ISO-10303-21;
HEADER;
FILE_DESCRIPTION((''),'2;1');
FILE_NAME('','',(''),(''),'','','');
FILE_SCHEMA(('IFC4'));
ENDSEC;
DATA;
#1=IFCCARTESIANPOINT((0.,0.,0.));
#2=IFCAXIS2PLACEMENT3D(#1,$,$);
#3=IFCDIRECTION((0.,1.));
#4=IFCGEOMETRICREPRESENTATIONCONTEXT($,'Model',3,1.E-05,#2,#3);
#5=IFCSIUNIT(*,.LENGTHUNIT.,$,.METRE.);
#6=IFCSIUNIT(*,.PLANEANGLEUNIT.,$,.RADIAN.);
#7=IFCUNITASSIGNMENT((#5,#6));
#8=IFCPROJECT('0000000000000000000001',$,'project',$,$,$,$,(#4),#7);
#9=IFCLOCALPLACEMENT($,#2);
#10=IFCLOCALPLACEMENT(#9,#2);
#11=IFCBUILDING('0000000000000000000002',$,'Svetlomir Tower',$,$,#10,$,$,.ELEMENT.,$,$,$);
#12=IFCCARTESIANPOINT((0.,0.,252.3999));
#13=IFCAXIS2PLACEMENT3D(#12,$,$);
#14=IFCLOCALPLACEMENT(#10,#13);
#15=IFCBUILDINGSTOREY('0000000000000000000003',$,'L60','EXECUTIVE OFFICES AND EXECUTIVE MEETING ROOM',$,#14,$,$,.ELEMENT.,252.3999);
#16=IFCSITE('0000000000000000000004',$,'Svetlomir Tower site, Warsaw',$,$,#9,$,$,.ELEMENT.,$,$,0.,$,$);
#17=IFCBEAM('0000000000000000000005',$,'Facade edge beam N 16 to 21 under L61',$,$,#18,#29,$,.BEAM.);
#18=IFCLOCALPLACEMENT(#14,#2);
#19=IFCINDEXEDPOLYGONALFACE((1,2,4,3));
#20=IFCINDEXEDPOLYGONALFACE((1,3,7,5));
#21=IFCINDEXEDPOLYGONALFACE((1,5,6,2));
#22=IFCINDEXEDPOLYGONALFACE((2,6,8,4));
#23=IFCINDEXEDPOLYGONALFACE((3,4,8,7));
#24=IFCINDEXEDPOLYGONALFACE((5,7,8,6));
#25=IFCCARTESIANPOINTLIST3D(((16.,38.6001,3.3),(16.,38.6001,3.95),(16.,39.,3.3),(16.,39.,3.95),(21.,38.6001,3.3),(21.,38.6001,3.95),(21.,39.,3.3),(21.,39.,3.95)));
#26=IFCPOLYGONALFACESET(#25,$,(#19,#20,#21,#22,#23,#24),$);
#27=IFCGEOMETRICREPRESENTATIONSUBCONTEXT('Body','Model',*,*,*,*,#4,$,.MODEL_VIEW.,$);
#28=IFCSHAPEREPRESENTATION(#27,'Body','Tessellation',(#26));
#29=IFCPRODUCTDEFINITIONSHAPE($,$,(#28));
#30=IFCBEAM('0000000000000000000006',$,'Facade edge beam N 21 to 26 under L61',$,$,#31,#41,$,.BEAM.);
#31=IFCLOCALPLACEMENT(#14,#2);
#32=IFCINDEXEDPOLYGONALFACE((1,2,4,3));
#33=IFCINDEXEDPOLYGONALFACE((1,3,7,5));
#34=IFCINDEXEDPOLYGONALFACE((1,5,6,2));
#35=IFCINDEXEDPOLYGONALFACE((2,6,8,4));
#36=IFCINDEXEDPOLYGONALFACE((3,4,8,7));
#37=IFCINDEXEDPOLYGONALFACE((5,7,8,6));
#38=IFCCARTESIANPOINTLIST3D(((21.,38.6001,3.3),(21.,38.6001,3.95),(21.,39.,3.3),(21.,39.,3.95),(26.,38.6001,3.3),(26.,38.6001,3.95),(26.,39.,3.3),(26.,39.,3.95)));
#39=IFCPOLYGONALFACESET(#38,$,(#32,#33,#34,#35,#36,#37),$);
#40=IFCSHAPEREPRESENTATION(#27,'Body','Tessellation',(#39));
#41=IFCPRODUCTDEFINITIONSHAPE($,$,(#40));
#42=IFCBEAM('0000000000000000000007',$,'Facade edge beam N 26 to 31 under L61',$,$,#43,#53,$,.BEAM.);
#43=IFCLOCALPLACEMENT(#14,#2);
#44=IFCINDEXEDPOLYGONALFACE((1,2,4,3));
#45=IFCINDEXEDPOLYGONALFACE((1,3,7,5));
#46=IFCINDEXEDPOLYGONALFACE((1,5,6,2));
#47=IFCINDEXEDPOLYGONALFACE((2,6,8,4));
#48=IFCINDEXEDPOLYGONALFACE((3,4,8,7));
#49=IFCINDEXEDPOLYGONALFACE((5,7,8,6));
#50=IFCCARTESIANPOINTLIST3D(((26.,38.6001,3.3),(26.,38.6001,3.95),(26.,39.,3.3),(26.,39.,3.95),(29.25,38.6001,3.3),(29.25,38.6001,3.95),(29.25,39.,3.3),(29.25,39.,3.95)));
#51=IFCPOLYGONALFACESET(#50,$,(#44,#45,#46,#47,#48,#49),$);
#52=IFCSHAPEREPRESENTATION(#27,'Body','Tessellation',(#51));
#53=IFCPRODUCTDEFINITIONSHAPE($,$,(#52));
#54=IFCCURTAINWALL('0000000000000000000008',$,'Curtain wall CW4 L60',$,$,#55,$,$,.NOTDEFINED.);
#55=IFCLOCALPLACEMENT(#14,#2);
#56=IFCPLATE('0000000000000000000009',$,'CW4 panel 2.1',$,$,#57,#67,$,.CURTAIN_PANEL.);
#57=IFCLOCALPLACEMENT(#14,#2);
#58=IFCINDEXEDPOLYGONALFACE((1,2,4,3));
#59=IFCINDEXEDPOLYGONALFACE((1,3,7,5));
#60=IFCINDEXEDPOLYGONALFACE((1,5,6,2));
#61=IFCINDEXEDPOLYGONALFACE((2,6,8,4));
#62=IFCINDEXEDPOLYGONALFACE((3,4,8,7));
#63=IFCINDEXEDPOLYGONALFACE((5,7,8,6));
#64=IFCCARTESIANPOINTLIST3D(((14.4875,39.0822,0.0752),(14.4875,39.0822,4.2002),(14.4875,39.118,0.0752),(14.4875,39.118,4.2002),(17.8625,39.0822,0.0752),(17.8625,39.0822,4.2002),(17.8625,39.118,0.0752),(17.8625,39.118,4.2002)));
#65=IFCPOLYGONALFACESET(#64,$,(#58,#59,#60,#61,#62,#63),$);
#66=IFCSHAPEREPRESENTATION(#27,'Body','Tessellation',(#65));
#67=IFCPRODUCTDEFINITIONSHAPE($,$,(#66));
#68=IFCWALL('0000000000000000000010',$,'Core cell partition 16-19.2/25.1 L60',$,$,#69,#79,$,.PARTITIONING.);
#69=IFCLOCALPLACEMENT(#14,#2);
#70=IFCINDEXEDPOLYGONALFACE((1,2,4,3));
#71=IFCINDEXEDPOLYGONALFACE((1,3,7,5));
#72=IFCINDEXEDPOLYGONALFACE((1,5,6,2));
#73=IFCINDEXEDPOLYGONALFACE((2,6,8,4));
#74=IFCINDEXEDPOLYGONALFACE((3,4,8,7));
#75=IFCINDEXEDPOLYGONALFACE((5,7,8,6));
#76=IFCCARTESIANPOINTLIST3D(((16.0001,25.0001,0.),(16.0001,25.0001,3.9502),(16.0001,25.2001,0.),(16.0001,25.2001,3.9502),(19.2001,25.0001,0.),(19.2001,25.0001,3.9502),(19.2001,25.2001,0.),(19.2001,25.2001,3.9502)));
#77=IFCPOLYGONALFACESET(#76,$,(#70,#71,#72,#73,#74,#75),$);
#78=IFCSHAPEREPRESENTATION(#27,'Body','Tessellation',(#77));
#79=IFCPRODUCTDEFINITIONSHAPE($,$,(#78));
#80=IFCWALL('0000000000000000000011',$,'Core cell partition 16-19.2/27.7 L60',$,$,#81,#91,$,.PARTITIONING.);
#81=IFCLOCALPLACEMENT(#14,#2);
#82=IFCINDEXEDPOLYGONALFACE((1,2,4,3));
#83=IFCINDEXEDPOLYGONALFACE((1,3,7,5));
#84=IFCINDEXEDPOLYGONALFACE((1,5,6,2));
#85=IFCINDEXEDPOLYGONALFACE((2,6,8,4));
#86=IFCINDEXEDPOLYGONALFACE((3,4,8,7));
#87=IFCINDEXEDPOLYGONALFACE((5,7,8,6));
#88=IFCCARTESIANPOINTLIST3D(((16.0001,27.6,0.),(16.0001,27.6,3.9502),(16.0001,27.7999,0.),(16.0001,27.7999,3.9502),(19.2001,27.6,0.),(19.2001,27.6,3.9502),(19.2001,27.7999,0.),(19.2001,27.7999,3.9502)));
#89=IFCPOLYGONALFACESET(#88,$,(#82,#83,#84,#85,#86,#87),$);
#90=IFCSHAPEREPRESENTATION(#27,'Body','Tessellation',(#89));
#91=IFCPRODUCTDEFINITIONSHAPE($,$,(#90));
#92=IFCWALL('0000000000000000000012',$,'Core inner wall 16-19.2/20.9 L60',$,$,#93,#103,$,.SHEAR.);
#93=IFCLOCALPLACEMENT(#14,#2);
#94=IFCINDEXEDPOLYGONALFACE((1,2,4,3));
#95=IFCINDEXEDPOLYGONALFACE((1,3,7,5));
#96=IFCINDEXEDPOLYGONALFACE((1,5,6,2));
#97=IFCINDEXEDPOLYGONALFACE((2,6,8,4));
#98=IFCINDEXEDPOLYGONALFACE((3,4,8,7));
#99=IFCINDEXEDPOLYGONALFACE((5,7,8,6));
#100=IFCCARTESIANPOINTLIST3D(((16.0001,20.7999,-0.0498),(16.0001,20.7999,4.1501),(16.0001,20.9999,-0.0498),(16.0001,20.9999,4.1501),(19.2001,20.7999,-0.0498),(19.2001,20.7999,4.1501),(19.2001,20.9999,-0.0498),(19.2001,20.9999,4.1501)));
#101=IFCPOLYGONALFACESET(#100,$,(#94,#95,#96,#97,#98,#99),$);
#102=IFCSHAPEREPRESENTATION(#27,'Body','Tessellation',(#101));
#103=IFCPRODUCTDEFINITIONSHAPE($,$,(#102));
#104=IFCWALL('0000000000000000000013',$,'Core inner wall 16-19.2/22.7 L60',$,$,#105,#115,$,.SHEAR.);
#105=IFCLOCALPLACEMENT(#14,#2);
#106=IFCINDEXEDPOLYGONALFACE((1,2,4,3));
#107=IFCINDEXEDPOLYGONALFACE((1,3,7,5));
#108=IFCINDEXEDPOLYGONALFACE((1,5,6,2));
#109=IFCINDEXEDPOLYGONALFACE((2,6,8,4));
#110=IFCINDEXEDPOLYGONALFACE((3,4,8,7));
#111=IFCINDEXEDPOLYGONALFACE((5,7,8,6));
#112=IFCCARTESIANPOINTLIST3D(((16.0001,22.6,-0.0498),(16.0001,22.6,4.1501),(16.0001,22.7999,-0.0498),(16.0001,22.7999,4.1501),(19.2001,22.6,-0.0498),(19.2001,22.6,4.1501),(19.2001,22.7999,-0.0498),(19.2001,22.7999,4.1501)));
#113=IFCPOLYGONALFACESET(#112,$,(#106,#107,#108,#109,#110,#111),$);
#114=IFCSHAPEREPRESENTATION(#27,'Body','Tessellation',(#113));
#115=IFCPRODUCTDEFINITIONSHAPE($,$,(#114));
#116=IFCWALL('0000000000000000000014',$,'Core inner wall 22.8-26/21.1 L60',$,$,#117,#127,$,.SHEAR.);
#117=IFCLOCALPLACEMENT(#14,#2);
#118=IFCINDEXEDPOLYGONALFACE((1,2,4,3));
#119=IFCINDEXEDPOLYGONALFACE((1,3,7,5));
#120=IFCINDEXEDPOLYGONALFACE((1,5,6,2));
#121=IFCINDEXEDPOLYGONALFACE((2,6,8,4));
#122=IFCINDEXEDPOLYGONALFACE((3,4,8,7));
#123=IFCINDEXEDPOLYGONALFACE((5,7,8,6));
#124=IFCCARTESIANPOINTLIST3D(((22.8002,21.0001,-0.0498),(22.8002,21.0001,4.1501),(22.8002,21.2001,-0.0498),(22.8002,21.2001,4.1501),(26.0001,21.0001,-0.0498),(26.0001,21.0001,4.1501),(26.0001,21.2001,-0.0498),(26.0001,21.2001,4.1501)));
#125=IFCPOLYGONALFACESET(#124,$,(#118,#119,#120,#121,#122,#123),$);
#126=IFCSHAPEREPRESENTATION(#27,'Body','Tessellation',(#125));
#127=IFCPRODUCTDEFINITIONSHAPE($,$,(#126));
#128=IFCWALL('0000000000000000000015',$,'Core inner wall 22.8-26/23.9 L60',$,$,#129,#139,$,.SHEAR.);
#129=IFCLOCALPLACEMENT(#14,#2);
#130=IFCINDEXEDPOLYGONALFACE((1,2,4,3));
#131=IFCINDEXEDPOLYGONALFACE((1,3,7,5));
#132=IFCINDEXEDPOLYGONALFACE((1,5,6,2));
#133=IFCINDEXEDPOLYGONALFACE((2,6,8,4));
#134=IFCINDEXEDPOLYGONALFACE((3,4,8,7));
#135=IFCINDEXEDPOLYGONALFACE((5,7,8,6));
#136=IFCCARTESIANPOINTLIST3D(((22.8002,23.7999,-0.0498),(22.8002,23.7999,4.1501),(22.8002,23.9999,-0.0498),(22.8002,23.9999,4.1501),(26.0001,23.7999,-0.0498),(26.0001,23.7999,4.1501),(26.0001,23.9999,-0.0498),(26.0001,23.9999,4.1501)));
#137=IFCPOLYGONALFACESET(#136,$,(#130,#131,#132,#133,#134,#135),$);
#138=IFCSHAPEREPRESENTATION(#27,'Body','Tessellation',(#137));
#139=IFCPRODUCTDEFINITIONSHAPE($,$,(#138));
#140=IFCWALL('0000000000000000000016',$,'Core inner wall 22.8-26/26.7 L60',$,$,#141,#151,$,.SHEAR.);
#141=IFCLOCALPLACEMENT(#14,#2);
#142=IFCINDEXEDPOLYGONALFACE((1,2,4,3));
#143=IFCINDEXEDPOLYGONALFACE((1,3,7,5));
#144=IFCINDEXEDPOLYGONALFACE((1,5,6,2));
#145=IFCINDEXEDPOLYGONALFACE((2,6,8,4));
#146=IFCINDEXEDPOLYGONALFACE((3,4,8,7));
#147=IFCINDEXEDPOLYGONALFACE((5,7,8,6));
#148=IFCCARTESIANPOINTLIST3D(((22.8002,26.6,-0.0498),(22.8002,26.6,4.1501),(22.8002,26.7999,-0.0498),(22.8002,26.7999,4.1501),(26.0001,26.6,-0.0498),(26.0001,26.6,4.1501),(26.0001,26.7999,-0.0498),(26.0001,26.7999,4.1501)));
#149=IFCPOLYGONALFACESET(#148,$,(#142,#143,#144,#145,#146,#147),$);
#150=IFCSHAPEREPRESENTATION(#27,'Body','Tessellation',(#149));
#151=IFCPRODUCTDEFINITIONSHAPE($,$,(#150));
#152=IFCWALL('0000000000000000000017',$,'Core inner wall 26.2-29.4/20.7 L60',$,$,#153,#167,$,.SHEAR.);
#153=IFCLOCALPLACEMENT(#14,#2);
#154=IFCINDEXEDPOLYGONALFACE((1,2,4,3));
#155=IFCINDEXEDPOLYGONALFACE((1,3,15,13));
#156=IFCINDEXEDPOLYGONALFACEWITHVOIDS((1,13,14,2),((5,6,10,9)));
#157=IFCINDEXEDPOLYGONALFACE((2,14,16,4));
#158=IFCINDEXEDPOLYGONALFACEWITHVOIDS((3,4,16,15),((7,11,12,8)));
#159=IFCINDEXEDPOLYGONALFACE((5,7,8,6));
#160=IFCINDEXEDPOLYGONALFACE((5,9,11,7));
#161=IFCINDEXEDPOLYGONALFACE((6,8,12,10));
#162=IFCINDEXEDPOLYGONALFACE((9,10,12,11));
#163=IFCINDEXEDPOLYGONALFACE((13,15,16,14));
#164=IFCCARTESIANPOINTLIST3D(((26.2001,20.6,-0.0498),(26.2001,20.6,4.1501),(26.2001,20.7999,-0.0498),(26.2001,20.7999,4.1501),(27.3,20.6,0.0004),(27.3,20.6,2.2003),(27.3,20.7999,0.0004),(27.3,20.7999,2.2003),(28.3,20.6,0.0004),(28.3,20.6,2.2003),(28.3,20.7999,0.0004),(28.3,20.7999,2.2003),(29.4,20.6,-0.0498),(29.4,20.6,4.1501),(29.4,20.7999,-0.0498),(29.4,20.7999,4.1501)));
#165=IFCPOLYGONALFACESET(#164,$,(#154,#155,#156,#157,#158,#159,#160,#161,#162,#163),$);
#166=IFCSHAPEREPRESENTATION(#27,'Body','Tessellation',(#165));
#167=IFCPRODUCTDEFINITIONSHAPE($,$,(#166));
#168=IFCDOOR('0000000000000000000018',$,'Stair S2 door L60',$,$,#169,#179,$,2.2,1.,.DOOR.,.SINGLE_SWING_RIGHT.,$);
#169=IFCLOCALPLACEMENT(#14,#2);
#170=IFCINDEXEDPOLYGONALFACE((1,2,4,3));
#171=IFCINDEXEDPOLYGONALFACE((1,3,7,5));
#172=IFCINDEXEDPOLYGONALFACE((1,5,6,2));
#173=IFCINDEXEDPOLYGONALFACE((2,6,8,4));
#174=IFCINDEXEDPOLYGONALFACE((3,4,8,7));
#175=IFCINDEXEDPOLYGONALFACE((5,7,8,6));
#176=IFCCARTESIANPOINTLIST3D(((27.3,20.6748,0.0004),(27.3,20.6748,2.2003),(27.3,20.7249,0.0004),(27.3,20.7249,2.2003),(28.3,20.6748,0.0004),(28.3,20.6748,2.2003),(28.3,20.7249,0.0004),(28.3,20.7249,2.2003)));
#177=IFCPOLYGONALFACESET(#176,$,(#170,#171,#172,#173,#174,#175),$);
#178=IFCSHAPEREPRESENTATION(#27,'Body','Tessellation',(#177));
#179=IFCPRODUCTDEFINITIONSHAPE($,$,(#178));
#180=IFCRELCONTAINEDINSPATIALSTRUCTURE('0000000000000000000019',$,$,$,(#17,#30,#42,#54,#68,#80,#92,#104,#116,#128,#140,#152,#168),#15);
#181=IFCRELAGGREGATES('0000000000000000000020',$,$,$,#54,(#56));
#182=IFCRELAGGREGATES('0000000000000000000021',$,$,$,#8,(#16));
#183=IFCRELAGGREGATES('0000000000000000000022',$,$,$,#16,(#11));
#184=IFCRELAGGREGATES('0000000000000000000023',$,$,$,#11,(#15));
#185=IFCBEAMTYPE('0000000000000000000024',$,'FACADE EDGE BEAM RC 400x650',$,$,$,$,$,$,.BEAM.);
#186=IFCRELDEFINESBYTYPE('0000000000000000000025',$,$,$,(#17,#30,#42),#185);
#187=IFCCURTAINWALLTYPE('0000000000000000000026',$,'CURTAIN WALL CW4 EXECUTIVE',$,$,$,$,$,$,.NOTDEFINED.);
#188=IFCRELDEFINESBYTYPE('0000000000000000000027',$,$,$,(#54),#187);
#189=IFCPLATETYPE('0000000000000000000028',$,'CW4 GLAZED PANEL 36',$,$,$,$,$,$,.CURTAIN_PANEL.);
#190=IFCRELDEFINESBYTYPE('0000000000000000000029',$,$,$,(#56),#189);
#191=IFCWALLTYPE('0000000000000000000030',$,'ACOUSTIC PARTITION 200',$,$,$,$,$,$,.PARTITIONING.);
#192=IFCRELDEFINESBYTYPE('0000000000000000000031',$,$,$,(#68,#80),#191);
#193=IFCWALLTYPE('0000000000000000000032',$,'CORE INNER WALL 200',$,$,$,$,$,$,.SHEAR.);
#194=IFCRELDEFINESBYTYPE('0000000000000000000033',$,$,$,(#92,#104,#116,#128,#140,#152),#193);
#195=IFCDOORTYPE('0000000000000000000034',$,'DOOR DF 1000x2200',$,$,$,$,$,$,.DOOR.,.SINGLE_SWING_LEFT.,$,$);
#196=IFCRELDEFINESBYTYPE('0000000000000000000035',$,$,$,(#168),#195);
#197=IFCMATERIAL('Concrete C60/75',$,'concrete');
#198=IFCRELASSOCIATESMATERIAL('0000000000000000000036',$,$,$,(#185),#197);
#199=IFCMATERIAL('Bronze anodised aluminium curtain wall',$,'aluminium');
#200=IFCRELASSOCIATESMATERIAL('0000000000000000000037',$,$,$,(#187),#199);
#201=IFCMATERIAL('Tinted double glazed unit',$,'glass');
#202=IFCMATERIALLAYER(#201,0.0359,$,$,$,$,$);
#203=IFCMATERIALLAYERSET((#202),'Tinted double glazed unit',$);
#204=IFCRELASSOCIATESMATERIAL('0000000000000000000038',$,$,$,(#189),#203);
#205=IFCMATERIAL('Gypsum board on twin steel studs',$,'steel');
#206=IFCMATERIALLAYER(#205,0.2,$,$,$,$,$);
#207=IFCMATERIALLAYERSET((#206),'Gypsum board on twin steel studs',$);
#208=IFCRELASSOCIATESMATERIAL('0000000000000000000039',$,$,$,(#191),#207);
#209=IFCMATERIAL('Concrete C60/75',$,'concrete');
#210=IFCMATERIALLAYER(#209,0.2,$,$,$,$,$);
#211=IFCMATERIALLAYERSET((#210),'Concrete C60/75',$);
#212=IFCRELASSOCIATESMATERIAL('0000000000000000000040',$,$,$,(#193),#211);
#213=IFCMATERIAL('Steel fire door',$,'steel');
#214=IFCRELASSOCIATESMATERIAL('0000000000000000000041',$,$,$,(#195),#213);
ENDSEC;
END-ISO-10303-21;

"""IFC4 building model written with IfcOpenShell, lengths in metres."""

from ifc_helpers import new_model, si_unit, direction, frame, frame_2d, origin, origin_2d, place, context, subcontext, project, spatial, rectangle, extrude, material, layer, layer_set, material_profile, profile_set, type_object, element, fill, aggregate, save


model = new_model("IFC4")

# Units and contexts
model_context = context("Model", 3, precision=1e-05, world=origin(), true_north=direction((0.0, 1.0)))
body_context = subcontext(model_context, "Body", "Model", "MODEL_VIEW")
ifc_project = project(units=[si_unit("LENGTHUNIT", "METRE"), si_unit("PLANEANGLEUNIT", "RADIAN")], contexts=[model_context])

# Site, building, storey
site_placement = place(None, origin())
site = spatial("IfcSite", under=ifc_project, at=site_placement, Name="Svetlomir Tower site, Warsaw", CompositionType="ELEMENT", RefElevation=0.0)
building_placement = place(site_placement, origin())
building = spatial("IfcBuilding", under=site, at=building_placement, Name="Svetlomir Tower", CompositionType="ELEMENT")
storey_placement = place(building_placement, frame((0.0, 0.0, 252.3999)))
storey = spatial("IfcBuildingStorey", under=building, at=storey_placement, Name="L60", Description="EXECUTIVE OFFICES AND EXECUTIVE MEETING ROOM", CompositionType="ELEMENT", Elevation=252.3999)

# Beams
ifc_material_1 = material(Name="Concrete C60/75", Category="concrete")
ifc_material_profile = material_profile(ifc_material_1, rectangle(XDim=0.3999, YDim=0.6499, at=origin_2d()), Name="RC 400x650")
ifc_profile_set = profile_set([ifc_material_profile], Name="Concrete C60/75")
beam_type = type_object("IfcBeamType", Name="FACADE EDGE BEAM RC 400x650", PredefinedType="BEAM", material=ifc_profile_set)
for number, where, z_axis, x_axis, name in (
    (1, (16.0, 38.8, 3.625), (1.0, 0.0, 0.0), (0.0, 1.0, 0.0), "Facade edge beam N 16 to 21 under L61"),
    (2, (21.0, 38.8, 3.625), (1.0, 0.0, 0.0), (0.0, 1.0, 0.0), "Facade edge beam N 21 to 26 under L61"),
):
    element("IfcBeam", number, at=place(storey_placement, frame(where, z_axis=z_axis, x_axis=x_axis)), inside=storey, type_object=beam_type, Name=name, PredefinedType="BEAM", context=body_context, shape_type="SweptSolid", body=[
        extrude(rectangle(XDim=0.3999, YDim=0.6499, at=origin_2d()), origin(), (0.0, 0.0, 1.0), 5.0),
    ])
beam_placement = place(storey_placement, frame((26.0, 38.8, 3.625), z_axis=(1.0, 0.0, 0.0), x_axis=(0.0, 1.0, 0.0)))
element("IfcBeam", 3, at=beam_placement, inside=storey, type_object=beam_type, Name="Facade edge beam N 26 to 31 under L61", PredefinedType="BEAM", context=body_context, shape_type="SweptSolid", body=[
    extrude(rectangle(XDim=0.3999, YDim=0.6499, at=origin_2d()), origin(), (0.0, 0.0, 1.0), 3.25),
])

# Curtain wall, plate
ifc_material_2 = material(Name="Bronze anodised aluminium curtain wall", Category="aluminium")
curtain_wall_type = type_object("IfcCurtainWallType", Name="CURTAIN WALL CW4 EXECUTIVE", PredefinedType="NOTDEFINED", material=ifc_material_2)
curtain_wall_placement = place(storey_placement, origin())
curtain_wall = element("IfcCurtainWall", 4, at=curtain_wall_placement, inside=storey, type_object=curtain_wall_type, Name="Curtain wall CW4 L60", PredefinedType="NOTDEFINED")
ifc_material_3 = material(Name="Tinted double glazed unit", Category="glass")
ifc_layer_1 = layer(ifc_material_3, 0.0359)
ifc_layer_set_1 = layer_set([ifc_layer_1], Name="Tinted double glazed unit")
plate_type = type_object("IfcPlateType", Name="CW4 GLAZED PANEL 36", PredefinedType="CURTAIN_PANEL", material=ifc_layer_set_1)
plate_placement = place(storey_placement, frame((16.175, 39.1001, 0.0752), z_axis=(0.0, 0.0, 1.0), x_axis=(-1.0, 0.0, 0.0)))
plate = element("IfcPlate", 5, at=plate_placement, type_object=plate_type, Name="CW4 panel 2.1", PredefinedType="CURTAIN_PANEL", context=body_context, shape_type="SweptSolid", body=[
    extrude(rectangle(XDim=3.375, YDim=0.0359, at=origin_2d()), origin(), (0.0, 0.0, 1.0), 4.125),
])
aggregate(curtain_wall, [plate])

# Walls
ifc_material_4 = material(Name="Gypsum board on twin steel studs", Category="steel")
ifc_layer_2 = layer(ifc_material_4, 0.2)
ifc_layer_set_2 = layer_set([ifc_layer_2], Name="Gypsum board on twin steel studs")
wall_type_1 = type_object("IfcWallType", Name="ACOUSTIC PARTITION 200", PredefinedType="PARTITIONING", material=ifc_layer_set_2)
for number, where, z_axis, x_axis, name in (
    (6, (16.0, 25.1001, 0.0), (0.0, 0.0, 1.0), (1.0, 0.0, 0.0), "Core cell partition 16-19.2/25.1 L60"),
    (7, (16.0, 27.7, 0.0), (0.0, 0.0, 1.0), (1.0, 0.0, 0.0), "Core cell partition 16-19.2/27.7 L60"),
):
    element("IfcWall", number, at=place(storey_placement, frame(where, z_axis=z_axis, x_axis=x_axis)), inside=storey, type_object=wall_type_1, Name=name, PredefinedType="PARTITIONING", context=body_context, shape_type="SweptSolid", body=[
        extrude(rectangle(XDim=3.2, YDim=0.2, at=frame_2d((1.6001, 0.0))), origin(), (0.0, 0.0, 1.0), 3.9502),
    ])
ifc_material_5 = material(Name="Concrete C60/75", Category="concrete")
ifc_layer_3 = layer(ifc_material_5, 0.2)
ifc_layer_set_3 = layer_set([ifc_layer_3], Name="Concrete C60/75")
wall_type_2 = type_object("IfcWallType", Name="CORE INNER WALL 200", PredefinedType="SHEAR", material=ifc_layer_set_3)
for number, where, z_axis, x_axis, name in (
    (8, (16.0, 20.8999, -0.0498), (0.0, 0.0, 1.0), (1.0, 0.0, 0.0), "Core inner wall 16-19.2/20.9 L60"),
    (9, (16.0, 22.7, -0.0498), (0.0, 0.0, 1.0), (1.0, 0.0, 0.0), "Core inner wall 16-19.2/22.7 L60"),
    (10, (22.8, 21.1001, -0.0498), (0.0, 0.0, 1.0), (1.0, 0.0, 0.0), "Core inner wall 22.8-26/21.1 L60"),
    (11, (22.8, 23.8999, -0.0498), (0.0, 0.0, 1.0), (1.0, 0.0, 0.0), "Core inner wall 22.8-26/23.9 L60"),
    (12, (22.8, 26.7, -0.0498), (0.0, 0.0, 1.0), (1.0, 0.0, 0.0), "Core inner wall 22.8-26/26.7 L60"),
):
    element("IfcWall", number, at=place(storey_placement, frame(where, z_axis=z_axis, x_axis=x_axis)), inside=storey, type_object=wall_type_2, Name=name, PredefinedType="SHEAR", context=body_context, shape_type="SweptSolid", body=[
        extrude(rectangle(XDim=3.2, YDim=0.2, at=frame_2d((1.6001, 0.0))), origin(), (0.0, 0.0, 1.0), 4.2),
    ])

# Wall, opening, door
wall_1_placement = place(storey_placement, frame((26.2, 20.7, -0.0498), z_axis=(0.0, 0.0, 1.0), x_axis=(1.0, 0.0, 0.0)))
wall_1 = element("IfcWall", 13, at=wall_1_placement, inside=storey, type_object=wall_type_2, Name="Core inner wall 26.2-29.4/20.7 L60", PredefinedType="SHEAR", context=body_context, shape_type="SweptSolid", body=[
    extrude(rectangle(XDim=3.2, YDim=0.2, at=frame_2d((1.6001, 0.0))), origin(), (0.0, 0.0, 1.0), 4.2),
])
opening_1_placement = place(wall_1_placement, frame((1.1001, 0.0, 0.05)))
opening_1 = element("IfcOpeningElement", 14, at=opening_1_placement, cuts=wall_1, PredefinedType="OPENING", context=body_context, shape_type="SweptSolid", body=[
    extrude(rectangle(XDim=1.0, YDim=2.2, at=frame_2d((0.5, 1.1001))), frame((0.0, 0.1099, 0.0), z_axis=(0.0, -1.0, 0.0), x_axis=(1.0, 0.0, 0.0)), (0.0, 0.0, 1.0), 0.22),
])
ifc_material_6 = material(Name="Steel fire door", Category="steel")
door_type_1 = type_object("IfcDoorType", Name="DOOR DF 1000x2200", OperationType="SINGLE_SWING_LEFT", PredefinedType="DOOR", material=ifc_material_6)
door_1_placement = place(opening_1_placement, origin())
door_1 = element("IfcDoor", 15, at=door_1_placement, inside=storey, type_object=door_type_1, Name="Stair S2 door L60", OperationType="SINGLE_SWING_RIGHT", OverallHeight=2.2, OverallWidth=1.0, PredefinedType="DOOR", context=body_context, shape_type="SweptSolid", body=[
    extrude(rectangle(XDim=1.0, YDim=2.2, at=frame_2d((0.5, 1.1001))), frame((0.0, 0.0249, 0.0), z_axis=(0.0, -1.0, 0.0), x_axis=(1.0, 0.0, 0.0)), (0.0, 0.0, 1.0), 0.05),
])
fill(opening_1, door_1)

save(model, "model.ifc")
